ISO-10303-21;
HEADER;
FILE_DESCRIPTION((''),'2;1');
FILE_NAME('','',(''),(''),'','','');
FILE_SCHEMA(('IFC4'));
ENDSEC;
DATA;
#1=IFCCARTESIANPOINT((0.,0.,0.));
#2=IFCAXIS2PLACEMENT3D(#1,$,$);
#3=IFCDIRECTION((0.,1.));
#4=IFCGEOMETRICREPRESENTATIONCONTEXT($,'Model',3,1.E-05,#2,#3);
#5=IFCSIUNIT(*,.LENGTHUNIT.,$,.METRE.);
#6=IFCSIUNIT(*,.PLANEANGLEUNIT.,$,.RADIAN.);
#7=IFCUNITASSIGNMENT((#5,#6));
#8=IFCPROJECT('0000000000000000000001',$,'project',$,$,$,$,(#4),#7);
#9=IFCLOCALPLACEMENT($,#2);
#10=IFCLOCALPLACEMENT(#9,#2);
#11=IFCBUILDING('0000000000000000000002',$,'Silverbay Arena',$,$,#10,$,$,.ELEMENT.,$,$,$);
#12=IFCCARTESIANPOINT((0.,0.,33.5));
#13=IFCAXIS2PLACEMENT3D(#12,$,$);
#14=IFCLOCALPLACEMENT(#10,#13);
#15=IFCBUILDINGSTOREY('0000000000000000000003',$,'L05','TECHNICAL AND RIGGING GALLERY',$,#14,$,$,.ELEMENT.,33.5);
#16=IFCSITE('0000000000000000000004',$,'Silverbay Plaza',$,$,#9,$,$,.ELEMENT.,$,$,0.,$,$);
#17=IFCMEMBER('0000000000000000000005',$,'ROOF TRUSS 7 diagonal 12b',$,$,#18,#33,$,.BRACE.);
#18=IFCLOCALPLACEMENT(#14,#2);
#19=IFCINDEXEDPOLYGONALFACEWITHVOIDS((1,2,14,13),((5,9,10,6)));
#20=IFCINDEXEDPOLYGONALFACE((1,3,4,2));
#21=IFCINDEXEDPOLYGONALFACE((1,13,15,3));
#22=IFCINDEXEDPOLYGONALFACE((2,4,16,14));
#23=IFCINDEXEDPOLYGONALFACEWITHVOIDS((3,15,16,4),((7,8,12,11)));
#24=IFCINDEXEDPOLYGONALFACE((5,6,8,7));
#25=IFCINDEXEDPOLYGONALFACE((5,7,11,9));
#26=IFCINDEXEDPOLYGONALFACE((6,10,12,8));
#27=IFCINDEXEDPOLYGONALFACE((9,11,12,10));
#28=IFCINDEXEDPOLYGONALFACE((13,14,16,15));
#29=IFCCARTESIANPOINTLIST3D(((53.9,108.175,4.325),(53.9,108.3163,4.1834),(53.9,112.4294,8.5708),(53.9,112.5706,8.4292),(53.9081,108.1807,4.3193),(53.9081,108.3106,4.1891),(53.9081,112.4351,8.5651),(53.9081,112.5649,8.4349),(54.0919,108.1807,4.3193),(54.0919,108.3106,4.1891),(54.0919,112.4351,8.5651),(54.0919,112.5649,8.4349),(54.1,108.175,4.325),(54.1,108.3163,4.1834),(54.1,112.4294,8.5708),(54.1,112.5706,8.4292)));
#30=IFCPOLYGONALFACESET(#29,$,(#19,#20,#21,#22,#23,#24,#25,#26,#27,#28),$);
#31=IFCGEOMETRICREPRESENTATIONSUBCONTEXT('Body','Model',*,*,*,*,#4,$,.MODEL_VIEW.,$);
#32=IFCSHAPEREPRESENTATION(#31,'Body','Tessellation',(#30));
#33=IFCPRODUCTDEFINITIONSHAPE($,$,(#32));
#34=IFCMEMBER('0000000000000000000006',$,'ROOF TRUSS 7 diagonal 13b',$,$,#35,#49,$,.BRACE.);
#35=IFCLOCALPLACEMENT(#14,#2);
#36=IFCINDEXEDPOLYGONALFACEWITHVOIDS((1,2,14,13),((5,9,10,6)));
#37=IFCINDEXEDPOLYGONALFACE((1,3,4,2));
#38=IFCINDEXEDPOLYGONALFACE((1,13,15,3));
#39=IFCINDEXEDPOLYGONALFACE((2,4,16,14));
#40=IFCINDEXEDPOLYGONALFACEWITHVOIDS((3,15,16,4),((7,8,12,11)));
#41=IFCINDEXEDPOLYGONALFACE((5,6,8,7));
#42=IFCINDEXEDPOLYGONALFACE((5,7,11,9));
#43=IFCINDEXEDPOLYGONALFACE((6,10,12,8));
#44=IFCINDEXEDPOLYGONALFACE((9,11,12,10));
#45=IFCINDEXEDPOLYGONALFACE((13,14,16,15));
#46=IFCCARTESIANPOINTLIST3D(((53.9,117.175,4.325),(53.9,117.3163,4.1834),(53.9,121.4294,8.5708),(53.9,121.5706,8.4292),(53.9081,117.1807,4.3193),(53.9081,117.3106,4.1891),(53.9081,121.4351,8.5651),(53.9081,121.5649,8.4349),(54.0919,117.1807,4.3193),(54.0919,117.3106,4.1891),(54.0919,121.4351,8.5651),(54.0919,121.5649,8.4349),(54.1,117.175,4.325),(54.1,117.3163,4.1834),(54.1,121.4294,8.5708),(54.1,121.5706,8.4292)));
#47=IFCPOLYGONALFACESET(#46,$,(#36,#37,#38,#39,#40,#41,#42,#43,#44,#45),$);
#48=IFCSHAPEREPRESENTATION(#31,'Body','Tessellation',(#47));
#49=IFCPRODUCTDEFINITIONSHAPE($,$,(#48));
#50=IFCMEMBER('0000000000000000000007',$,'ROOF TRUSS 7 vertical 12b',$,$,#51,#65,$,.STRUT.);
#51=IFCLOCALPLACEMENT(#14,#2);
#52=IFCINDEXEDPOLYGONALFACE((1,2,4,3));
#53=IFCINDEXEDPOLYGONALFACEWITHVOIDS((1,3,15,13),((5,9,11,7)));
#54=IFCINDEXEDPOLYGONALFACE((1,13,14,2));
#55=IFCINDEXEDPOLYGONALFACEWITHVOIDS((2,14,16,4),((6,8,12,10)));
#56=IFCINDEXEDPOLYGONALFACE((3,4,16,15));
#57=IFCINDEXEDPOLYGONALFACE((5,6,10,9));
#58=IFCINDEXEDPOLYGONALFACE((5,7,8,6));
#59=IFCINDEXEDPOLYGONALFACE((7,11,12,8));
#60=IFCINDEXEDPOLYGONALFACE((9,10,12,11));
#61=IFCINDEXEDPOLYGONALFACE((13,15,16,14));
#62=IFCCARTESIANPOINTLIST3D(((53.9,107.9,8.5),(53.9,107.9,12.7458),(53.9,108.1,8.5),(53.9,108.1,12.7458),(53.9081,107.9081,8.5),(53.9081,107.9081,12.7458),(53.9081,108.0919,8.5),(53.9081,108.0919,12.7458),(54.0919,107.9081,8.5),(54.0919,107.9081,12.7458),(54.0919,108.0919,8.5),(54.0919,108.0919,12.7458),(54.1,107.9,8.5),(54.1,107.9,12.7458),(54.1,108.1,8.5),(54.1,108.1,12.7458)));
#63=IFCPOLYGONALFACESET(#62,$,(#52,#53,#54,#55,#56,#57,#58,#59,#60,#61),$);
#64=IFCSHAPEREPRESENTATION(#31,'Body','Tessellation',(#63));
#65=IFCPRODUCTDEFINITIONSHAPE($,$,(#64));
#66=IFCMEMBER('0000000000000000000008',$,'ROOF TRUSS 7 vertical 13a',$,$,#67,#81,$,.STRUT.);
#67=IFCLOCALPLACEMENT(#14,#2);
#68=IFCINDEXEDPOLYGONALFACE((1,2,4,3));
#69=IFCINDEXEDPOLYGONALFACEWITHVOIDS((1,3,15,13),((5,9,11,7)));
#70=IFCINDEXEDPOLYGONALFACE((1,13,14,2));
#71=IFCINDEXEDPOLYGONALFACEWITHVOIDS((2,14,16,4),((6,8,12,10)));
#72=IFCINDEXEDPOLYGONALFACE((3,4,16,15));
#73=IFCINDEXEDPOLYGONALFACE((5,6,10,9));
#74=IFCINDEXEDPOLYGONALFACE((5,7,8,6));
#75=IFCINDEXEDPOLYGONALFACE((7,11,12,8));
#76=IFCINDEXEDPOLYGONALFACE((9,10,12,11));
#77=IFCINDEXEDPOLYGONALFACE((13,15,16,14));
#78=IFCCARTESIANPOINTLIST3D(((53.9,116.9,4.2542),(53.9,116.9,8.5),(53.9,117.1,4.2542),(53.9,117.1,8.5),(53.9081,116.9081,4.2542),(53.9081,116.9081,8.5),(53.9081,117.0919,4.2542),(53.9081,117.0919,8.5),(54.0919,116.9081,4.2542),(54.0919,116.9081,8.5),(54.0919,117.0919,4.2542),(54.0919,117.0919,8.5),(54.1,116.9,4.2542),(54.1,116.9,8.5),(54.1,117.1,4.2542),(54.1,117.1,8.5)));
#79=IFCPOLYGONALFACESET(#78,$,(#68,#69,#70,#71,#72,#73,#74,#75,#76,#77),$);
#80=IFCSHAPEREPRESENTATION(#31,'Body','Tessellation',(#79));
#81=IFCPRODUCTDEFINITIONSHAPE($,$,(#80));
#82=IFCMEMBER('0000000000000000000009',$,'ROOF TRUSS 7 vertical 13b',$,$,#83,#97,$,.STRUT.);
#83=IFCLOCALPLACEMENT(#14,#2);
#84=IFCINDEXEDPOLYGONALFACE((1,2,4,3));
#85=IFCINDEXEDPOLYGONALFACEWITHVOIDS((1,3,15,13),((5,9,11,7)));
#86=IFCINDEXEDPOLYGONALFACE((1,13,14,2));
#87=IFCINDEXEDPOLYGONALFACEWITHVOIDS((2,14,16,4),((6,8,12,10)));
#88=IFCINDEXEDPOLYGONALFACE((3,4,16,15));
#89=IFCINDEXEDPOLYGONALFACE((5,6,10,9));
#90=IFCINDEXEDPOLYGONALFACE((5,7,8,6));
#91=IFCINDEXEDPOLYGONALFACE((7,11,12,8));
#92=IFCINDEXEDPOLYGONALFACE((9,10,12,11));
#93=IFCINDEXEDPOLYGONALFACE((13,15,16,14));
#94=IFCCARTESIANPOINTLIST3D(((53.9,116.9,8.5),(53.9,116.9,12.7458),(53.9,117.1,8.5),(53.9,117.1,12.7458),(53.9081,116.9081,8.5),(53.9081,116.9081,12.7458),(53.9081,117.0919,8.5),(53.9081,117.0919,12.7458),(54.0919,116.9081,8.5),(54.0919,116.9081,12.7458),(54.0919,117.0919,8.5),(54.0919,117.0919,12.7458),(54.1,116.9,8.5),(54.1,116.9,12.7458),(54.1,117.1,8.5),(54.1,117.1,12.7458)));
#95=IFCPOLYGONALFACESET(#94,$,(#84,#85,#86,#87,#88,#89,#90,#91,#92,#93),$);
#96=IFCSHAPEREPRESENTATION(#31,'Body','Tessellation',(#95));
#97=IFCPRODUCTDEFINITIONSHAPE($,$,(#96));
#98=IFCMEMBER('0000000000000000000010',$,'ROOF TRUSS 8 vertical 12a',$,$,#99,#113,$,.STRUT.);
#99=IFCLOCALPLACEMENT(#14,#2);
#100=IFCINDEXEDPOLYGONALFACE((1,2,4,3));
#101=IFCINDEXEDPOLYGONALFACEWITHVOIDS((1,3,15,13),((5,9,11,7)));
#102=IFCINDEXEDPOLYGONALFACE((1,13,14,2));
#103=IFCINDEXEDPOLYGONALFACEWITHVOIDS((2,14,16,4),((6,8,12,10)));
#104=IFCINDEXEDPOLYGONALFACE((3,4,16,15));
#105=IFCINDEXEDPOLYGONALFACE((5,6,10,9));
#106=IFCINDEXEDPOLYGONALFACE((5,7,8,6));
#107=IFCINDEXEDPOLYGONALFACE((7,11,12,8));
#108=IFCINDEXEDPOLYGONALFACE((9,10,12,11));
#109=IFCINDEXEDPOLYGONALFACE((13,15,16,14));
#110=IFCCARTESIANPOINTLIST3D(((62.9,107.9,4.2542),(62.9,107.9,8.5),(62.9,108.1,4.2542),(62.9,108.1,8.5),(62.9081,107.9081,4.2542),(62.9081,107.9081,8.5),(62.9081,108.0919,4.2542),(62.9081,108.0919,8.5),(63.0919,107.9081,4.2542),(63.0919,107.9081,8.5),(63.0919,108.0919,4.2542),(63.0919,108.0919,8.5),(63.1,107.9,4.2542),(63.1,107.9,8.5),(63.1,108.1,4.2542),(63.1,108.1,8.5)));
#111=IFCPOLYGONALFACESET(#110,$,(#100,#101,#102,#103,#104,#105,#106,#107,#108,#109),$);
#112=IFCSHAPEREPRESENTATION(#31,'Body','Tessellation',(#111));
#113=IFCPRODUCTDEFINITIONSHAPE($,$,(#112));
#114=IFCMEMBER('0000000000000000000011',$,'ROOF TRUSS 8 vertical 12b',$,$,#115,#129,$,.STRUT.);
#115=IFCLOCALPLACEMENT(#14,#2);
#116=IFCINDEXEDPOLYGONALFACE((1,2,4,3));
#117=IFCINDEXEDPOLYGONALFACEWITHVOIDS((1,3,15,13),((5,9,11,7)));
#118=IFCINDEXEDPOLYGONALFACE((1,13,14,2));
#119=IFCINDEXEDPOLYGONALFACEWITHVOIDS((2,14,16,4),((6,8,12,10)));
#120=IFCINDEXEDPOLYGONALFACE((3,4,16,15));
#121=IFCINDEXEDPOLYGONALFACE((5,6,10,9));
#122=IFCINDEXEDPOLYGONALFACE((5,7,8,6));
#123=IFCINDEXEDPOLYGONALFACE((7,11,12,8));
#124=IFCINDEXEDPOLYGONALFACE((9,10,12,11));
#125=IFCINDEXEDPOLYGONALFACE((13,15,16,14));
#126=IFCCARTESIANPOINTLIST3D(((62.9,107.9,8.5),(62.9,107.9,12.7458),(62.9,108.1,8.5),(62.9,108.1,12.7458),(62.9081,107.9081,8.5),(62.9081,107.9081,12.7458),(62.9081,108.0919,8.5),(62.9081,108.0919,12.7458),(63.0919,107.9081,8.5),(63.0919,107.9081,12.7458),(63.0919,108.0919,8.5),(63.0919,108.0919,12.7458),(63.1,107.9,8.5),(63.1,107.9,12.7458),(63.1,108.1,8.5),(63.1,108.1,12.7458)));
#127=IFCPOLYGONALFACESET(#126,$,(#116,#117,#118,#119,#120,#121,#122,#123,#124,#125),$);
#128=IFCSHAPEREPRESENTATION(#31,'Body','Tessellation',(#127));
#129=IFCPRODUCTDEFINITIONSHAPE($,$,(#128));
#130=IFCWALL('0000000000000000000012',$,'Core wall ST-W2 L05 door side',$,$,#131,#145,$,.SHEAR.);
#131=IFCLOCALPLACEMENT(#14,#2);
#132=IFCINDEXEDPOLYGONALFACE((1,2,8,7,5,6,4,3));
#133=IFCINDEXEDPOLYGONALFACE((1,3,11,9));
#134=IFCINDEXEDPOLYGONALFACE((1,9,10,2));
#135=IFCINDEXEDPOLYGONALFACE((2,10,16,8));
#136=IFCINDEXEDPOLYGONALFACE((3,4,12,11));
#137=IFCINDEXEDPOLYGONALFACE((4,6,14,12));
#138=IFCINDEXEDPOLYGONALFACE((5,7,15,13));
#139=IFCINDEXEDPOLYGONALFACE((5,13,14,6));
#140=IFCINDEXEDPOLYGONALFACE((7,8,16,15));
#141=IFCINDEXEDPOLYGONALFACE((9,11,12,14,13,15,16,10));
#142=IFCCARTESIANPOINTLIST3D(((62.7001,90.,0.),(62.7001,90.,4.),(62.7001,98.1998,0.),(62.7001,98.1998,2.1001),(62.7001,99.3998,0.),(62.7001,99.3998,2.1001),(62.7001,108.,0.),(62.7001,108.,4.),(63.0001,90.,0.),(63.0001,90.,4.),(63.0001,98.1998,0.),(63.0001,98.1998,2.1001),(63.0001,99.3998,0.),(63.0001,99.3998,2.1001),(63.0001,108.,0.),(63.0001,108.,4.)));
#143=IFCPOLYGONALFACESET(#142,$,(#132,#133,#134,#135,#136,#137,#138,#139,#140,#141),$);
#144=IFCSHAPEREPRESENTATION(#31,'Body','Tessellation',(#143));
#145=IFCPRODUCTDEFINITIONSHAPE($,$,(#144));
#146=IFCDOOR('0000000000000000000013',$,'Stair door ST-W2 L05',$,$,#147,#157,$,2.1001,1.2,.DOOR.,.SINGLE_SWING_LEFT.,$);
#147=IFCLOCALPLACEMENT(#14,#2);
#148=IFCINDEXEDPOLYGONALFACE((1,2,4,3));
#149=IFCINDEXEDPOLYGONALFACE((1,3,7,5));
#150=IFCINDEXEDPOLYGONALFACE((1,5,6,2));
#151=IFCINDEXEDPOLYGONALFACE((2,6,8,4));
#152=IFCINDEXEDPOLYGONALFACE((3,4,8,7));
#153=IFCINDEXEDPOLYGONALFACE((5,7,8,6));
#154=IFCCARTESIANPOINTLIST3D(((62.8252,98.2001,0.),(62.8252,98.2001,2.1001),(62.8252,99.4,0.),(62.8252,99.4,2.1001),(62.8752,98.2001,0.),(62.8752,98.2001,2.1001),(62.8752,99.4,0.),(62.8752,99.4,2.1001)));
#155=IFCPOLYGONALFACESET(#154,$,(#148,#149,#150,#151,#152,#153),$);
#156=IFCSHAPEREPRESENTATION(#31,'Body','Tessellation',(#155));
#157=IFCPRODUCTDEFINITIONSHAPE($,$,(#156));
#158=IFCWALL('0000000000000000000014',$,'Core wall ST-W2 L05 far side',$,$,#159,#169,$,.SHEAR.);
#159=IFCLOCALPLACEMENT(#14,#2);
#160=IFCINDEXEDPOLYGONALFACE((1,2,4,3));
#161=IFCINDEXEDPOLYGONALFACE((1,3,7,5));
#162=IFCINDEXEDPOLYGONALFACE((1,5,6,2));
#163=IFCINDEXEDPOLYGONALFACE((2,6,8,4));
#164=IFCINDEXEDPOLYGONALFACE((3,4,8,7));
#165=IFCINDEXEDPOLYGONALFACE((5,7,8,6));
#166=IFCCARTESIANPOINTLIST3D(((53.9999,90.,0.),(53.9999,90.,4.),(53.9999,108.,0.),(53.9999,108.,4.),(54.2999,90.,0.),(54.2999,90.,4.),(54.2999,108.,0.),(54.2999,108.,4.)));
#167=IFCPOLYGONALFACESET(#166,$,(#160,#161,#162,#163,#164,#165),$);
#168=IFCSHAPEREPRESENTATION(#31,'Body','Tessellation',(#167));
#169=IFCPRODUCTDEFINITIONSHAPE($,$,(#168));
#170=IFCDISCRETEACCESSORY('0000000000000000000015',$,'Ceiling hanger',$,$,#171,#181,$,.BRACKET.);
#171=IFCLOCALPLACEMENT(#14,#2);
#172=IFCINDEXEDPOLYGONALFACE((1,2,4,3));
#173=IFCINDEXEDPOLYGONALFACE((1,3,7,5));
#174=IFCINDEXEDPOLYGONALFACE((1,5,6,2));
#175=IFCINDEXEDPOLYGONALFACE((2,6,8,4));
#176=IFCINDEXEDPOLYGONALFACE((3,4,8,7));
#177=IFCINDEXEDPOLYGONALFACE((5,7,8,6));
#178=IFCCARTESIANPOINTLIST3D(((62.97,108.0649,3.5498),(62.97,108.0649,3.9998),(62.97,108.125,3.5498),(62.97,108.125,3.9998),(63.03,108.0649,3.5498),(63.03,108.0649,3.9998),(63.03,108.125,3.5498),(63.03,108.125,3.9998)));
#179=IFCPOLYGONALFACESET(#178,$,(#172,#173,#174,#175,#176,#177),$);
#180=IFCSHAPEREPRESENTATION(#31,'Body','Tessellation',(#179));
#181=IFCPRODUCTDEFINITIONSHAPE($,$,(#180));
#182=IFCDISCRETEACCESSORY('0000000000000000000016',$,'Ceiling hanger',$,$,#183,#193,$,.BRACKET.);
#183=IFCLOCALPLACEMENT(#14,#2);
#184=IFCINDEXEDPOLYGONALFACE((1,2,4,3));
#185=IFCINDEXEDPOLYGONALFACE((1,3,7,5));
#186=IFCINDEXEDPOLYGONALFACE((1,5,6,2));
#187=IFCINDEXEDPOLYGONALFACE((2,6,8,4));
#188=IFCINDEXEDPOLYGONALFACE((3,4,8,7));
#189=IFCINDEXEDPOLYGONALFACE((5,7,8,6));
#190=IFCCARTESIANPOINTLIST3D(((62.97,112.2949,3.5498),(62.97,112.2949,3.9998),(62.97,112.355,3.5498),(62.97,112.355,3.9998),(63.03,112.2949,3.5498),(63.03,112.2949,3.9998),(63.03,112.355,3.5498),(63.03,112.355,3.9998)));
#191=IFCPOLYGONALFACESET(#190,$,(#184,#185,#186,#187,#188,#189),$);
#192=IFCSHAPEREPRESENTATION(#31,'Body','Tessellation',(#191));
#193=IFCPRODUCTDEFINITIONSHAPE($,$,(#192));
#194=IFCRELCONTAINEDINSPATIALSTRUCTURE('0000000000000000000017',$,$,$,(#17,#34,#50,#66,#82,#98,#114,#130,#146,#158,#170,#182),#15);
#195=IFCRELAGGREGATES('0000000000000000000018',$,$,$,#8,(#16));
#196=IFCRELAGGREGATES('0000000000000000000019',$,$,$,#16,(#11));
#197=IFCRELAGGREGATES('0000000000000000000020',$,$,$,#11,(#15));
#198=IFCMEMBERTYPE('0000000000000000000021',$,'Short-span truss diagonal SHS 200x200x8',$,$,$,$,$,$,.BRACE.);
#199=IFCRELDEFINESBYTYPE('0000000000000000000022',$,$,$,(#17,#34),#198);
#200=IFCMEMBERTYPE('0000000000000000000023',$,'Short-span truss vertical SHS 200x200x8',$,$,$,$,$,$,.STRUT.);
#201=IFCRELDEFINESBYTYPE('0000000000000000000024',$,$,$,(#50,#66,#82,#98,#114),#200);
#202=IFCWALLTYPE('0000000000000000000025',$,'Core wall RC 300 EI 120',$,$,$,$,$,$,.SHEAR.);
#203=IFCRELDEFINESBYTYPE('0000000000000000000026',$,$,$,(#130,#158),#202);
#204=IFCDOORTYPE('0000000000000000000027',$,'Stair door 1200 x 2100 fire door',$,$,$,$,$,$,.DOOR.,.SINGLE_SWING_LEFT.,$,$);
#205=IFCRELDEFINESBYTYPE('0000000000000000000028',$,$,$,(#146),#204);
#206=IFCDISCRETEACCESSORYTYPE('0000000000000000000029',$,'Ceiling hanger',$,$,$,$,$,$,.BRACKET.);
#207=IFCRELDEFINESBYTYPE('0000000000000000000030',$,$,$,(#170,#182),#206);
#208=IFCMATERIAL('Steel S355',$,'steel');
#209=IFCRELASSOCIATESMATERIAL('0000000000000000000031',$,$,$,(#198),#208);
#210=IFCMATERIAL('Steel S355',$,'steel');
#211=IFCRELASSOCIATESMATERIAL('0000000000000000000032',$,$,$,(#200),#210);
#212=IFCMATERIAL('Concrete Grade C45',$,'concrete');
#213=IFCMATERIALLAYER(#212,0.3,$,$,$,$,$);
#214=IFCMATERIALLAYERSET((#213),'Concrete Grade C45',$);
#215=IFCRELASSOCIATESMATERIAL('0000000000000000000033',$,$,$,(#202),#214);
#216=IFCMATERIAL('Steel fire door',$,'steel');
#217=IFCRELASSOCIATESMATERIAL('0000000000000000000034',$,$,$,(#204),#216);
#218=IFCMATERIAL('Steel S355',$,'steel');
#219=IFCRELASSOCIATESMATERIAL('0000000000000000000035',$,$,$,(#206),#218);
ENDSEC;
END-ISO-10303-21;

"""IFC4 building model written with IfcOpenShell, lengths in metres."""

from ifc_helpers import new_model, si_unit, direction, frame, frame_2d, origin, origin_2d, place, context, subcontext, project, spatial, rectangle, hollow_rectangle, extrude, material, layer, layer_set, material_profile, profile_set, type_object, element, fill, save


model = new_model("IFC4")

# Units and contexts
model_context = context("Model", 3, precision=1e-05, world=origin(), true_north=direction((0.0, 1.0)))
body_context = subcontext(model_context, "Body", "Model", "MODEL_VIEW")
ifc_project = project(units=[si_unit("LENGTHUNIT", "METRE"), si_unit("PLANEANGLEUNIT", "RADIAN")], contexts=[model_context])

# Site, building, storey
site_placement = place(None, origin())
site = spatial("IfcSite", under=ifc_project, at=site_placement, Name="Silverbay Plaza", CompositionType="ELEMENT", RefElevation=0.0)
building_placement = place(site_placement, origin())
building = spatial("IfcBuilding", under=site, at=building_placement, Name="Silverbay Arena", CompositionType="ELEMENT")
storey_placement = place(building_placement, frame((0.0, 0.0, 33.5)))
storey = spatial("IfcBuildingStorey", under=building, at=storey_placement, Name="L05", Description="TECHNICAL AND RIGGING GALLERY", CompositionType="ELEMENT", Elevation=33.5)

# Members
ifc_material_1 = material(Name="Steel S355", Category="steel")
ifc_material_profile_1 = material_profile(ifc_material_1, hollow_rectangle(XDim=0.2, YDim=0.2, WallThickness=0.0081, at=origin_2d()), Name="SHS 200x200x8")
ifc_profile_set_1 = profile_set([ifc_material_profile_1], Name="Steel S355")
member_type_1 = type_object("IfcMemberType", Name="Short-span truss diagonal SHS 200x200x8", PredefinedType="BRACE", material=ifc_profile_set_1)
for number, where, z_axis, x_axis, name in (
    (1, (54.0, 112.5, 8.5), (0.0, -0.707817, -0.706396), (1.0, 0.0, 0.0), "ROOF TRUSS 7 diagonal 12b"),
    (2, (54.0, 121.5, 8.5), (0.0, -0.707817, -0.706396), (1.0, 0.0, 0.0), "ROOF TRUSS 7 diagonal 13b"),
):
    element("IfcMember", number, at=place(storey_placement, frame(where, z_axis=z_axis, x_axis=x_axis)), inside=storey, type_object=member_type_1, Name=name, PredefinedType="BRACE", context=body_context, shape_type="SweptSolid", body=[
        extrude(hollow_rectangle(XDim=0.2, YDim=0.2, WallThickness=0.0081, at=origin_2d()), origin(), (0.0, 0.0, 1.0), 6.0105),
    ])
ifc_material_2 = material(Name="Steel S355", Category="steel")
ifc_material_profile_2 = material_profile(ifc_material_2, hollow_rectangle(XDim=0.2, YDim=0.2, WallThickness=0.0081, at=origin_2d()), Name="SHS 200x200x8")
ifc_profile_set_2 = profile_set([ifc_material_profile_2], Name="Steel S355")
member_type_2 = type_object("IfcMemberType", Name="Short-span truss vertical SHS 200x200x8", PredefinedType="STRUT", material=ifc_profile_set_2)
for number, where, z_axis, x_axis, name in (
    (3, (54.0, 108.0, 8.5), (0.0, 0.0, 1.0), (1.0, 0.0, 0.0), "ROOF TRUSS 7 vertical 12b"),
    (4, (54.0, 117.0, 4.2542), (0.0, 0.0, 1.0), (1.0, 0.0, 0.0), "ROOF TRUSS 7 vertical 13a"),
    (5, (54.0, 117.0, 8.5), (0.0, 0.0, 1.0), (1.0, 0.0, 0.0), "ROOF TRUSS 7 vertical 13b"),
    (6, (63.0, 108.0, 4.2542), (0.0, 0.0, 1.0), (1.0, 0.0, 0.0), "ROOF TRUSS 8 vertical 12a"),
    (7, (63.0, 108.0, 8.5), (0.0, 0.0, 1.0), (1.0, 0.0, 0.0), "ROOF TRUSS 8 vertical 12b"),
):
    element("IfcMember", number, at=place(storey_placement, frame(where, z_axis=z_axis, x_axis=x_axis)), inside=storey, type_object=member_type_2, Name=name, PredefinedType="STRUT", context=body_context, shape_type="SweptSolid", body=[
        extrude(hollow_rectangle(XDim=0.2, YDim=0.2, WallThickness=0.0081, at=origin_2d()), origin(), (0.0, 0.0, 1.0), 4.2458),
    ])

# Wall, opening, door
ifc_material_3 = material(Name="Concrete Grade C45", Category="concrete")
ifc_layer = layer(ifc_material_3, 0.3)
ifc_layer_set = layer_set([ifc_layer], Name="Concrete Grade C45")
wall_type = type_object("IfcWallType", Name="Core wall RC 300 EI 120", PredefinedType="SHEAR", material=ifc_layer_set)
wall_1_placement = place(storey_placement, frame((62.8501, 108.0, 0.0), z_axis=(0.0, 0.0, 1.0), x_axis=(0.0, -1.0, 0.0)))
wall_1 = element("IfcWall", 8, at=wall_1_placement, inside=storey, type_object=wall_type, Name="Core wall ST-W2 L05 door side", PredefinedType="SHEAR", context=body_context, shape_type="SweptSolid", body=[
    extrude(rectangle(XDim=18.0, YDim=0.3, at=frame_2d((9.0, 0.0))), origin(), (0.0, 0.0, 1.0), 4.0),
])
opening_placement = place(wall_1_placement, frame((8.6001, 0.0, 0.0)))
opening = element("IfcOpeningElement", 9, at=opening_placement, cuts=wall_1, PredefinedType="OPENING", context=body_context, shape_type="SweptSolid", body=[
    extrude(rectangle(XDim=1.2, YDim=2.1001, at=frame_2d((0.6001, 1.05))), frame((0.0, 0.1602, 0.0), z_axis=(0.0, -1.0, 0.0), x_axis=(1.0, 0.0, 0.0)), (0.0, 0.0, 1.0), 0.3201),
])
ifc_material_4 = material(Name="Steel fire door", Category="steel")
door_type = type_object("IfcDoorType", Name="Stair door 1200 x 2100 fire door", OperationType="SINGLE_SWING_LEFT", PredefinedType="DOOR", material=ifc_material_4)
door_placement = place(opening_placement, frame((1.2, 0.0, 0.0), z_axis=(0.0, 0.0, 1.0), x_axis=(-1.0, 0.0, 0.0)))
door = element("IfcDoor", 10, at=door_placement, inside=storey, type_object=door_type, Name="Stair door ST-W2 L05", OperationType="SINGLE_SWING_LEFT", OverallHeight=2.1001, OverallWidth=1.2, PredefinedType="DOOR", context=body_context, shape_type="SweptSolid", body=[
    extrude(rectangle(XDim=1.2, YDim=2.1001, at=frame_2d((0.6001, 1.05))), frame((0.0, 0.0249, 0.0), z_axis=(0.0, -1.0, 0.0), x_axis=(1.0, 0.0, 0.0)), (0.0, 0.0, 1.0), 0.05),
])
fill(opening, door)

# Wall
wall_2_placement = place(storey_placement, frame((54.1499, 108.0, 0.0), z_axis=(0.0, 0.0, 1.0), x_axis=(0.0, -1.0, 0.0)))
element("IfcWall", 11, at=wall_2_placement, inside=storey, type_object=wall_type, Name="Core wall ST-W2 L05 far side", PredefinedType="SHEAR", context=body_context, shape_type="SweptSolid", body=[
    extrude(rectangle(XDim=18.0, YDim=0.3, at=frame_2d((9.0, 0.0))), origin(), (0.0, 0.0, 1.0), 4.0),
])

# Discrete accessories
ifc_material_5 = material(Name="Steel S355", Category="steel")
discrete_accessory_type = type_object("IfcDiscreteAccessoryType", Name="Ceiling hanger", PredefinedType="BRACKET", material=ifc_material_5)
for number, where, z_axis, x_axis, name in (
    (12, (63.0, 108.095, 3.5498), (0.0, 0.0, 1.0), (1.0, 0.0, 0.0), "Ceiling hanger"),
    (13, (63.0, 112.325, 3.5498), (0.0, 0.0, 1.0), (1.0, 0.0, 0.0), "Ceiling hanger"),
):
    element("IfcDiscreteAccessory", number, at=place(storey_placement, frame(where, z_axis=z_axis, x_axis=x_axis)), inside=storey, type_object=discrete_accessory_type, Name=name, PredefinedType="BRACKET", context=body_context, shape_type="SweptSolid", body=[
        extrude(rectangle(XDim=0.0601, YDim=0.0601, at=origin_2d()), origin(), (0.0, 0.0, 1.0), 0.45),
    ])

save(model, "model.ifc")
